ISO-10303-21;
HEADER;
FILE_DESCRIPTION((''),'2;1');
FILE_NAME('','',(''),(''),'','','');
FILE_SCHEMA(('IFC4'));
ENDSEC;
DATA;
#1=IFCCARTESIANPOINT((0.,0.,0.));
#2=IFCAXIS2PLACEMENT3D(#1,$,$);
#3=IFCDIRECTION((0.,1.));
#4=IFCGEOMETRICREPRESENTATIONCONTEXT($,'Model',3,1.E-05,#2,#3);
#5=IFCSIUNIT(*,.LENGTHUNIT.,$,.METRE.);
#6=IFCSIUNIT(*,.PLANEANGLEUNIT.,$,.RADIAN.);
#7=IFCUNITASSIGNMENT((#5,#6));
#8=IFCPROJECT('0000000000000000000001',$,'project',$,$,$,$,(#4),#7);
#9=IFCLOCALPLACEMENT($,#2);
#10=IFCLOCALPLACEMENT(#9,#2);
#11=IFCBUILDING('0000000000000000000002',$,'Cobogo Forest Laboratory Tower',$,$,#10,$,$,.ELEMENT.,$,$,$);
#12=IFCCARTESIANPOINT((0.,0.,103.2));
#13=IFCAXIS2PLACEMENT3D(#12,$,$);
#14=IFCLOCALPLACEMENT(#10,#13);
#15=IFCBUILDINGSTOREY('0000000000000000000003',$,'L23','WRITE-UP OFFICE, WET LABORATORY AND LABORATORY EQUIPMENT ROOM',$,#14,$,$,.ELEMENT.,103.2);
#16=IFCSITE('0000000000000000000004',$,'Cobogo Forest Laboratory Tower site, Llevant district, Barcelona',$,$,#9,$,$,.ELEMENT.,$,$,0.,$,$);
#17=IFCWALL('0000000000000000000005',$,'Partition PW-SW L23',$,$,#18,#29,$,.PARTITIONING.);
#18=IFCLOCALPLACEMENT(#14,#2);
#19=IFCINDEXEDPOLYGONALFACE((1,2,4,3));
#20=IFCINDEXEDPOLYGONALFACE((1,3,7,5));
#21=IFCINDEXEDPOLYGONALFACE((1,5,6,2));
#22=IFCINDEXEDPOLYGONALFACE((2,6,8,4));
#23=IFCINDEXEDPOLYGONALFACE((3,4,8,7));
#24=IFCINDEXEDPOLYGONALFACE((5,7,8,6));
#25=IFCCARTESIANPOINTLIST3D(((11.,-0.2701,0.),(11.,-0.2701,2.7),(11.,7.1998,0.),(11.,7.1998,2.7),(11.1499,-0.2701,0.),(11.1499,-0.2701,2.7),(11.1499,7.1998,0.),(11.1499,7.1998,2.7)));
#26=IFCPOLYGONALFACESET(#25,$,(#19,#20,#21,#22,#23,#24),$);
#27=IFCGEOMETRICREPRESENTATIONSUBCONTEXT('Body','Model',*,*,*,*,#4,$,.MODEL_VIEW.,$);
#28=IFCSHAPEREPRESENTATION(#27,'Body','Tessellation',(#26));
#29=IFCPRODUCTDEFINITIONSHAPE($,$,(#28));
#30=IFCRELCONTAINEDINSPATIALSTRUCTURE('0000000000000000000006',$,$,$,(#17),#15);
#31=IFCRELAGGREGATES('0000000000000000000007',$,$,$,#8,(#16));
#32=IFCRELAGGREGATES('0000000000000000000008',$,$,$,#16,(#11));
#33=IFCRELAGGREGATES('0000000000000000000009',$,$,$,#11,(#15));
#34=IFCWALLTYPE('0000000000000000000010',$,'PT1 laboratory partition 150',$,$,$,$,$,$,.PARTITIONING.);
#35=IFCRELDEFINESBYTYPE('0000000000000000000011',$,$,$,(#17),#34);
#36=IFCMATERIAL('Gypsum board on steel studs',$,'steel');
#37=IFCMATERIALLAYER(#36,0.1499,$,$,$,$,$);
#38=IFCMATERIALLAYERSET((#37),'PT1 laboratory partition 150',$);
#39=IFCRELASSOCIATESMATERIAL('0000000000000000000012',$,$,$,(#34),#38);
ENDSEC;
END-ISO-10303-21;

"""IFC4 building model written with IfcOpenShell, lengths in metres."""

from ifc_helpers import new_model, si_unit, direction, frame, frame_2d, origin, place, context, subcontext, project, spatial, rectangle, extrude, material, layer, layer_set, type_object, element, save


model = new_model("IFC4")

# Units and contexts
model_context = context("Model", 3, precision=1e-05, world=origin(), true_north=direction((0.0, 1.0)))
body_context = subcontext(model_context, "Body", "Model", "MODEL_VIEW")
ifc_project = project(units=[si_unit("LENGTHUNIT", "METRE"), si_unit("PLANEANGLEUNIT", "RADIAN")], contexts=[model_context])

# Site, building, storey
site_placement = place(None, origin())
site = spatial("IfcSite", under=ifc_project, at=site_placement, Name="Cobogo Forest Laboratory Tower site, Llevant district, Barcelona", CompositionType="ELEMENT", RefElevation=0.0)
building_placement = place(site_placement, origin())
building = spatial("IfcBuilding", under=site, at=building_placement, Name="Cobogo Forest Laboratory Tower", CompositionType="ELEMENT")
storey_placement = place(building_placement, frame((0.0, 0.0, 103.2)))
storey = spatial("IfcBuildingStorey", under=building, at=storey_placement, Name="L23", Description="WRITE-UP OFFICE, WET LABORATORY AND LABORATORY EQUIPMENT ROOM", CompositionType="ELEMENT", Elevation=103.2)

# Wall
ifc_material_1 = material(Name="Gypsum board on steel studs", Category="steel")
ifc_layer_1 = layer(ifc_material_1, 0.1499)
ifc_layer_set_1 = layer_set([ifc_layer_1], Name="PT1 laboratory partition 150")
wall_type = type_object("IfcWallType", Name="PT1 laboratory partition 150", PredefinedType="PARTITIONING", material=ifc_layer_set_1)
wall_placement = place(storey_placement, frame((11.075, -0.27, 0.0), z_axis=(0.0, 0.0, 1.0), x_axis=(0.0, 1.0, 0.0)))
element("IfcWall", 1, at=wall_placement, inside=storey, type_object=wall_type, Name="Partition PW-SW L23", PredefinedType="PARTITIONING", context=body_context, shape_type="SweptSolid", body=[
    extrude(rectangle(XDim=7.47, YDim=0.1499, at=frame_2d((3.7349, 0.0))), origin(), (0.0, 0.0, 1.0), 2.7),
])

save(model, "model.ifc")
